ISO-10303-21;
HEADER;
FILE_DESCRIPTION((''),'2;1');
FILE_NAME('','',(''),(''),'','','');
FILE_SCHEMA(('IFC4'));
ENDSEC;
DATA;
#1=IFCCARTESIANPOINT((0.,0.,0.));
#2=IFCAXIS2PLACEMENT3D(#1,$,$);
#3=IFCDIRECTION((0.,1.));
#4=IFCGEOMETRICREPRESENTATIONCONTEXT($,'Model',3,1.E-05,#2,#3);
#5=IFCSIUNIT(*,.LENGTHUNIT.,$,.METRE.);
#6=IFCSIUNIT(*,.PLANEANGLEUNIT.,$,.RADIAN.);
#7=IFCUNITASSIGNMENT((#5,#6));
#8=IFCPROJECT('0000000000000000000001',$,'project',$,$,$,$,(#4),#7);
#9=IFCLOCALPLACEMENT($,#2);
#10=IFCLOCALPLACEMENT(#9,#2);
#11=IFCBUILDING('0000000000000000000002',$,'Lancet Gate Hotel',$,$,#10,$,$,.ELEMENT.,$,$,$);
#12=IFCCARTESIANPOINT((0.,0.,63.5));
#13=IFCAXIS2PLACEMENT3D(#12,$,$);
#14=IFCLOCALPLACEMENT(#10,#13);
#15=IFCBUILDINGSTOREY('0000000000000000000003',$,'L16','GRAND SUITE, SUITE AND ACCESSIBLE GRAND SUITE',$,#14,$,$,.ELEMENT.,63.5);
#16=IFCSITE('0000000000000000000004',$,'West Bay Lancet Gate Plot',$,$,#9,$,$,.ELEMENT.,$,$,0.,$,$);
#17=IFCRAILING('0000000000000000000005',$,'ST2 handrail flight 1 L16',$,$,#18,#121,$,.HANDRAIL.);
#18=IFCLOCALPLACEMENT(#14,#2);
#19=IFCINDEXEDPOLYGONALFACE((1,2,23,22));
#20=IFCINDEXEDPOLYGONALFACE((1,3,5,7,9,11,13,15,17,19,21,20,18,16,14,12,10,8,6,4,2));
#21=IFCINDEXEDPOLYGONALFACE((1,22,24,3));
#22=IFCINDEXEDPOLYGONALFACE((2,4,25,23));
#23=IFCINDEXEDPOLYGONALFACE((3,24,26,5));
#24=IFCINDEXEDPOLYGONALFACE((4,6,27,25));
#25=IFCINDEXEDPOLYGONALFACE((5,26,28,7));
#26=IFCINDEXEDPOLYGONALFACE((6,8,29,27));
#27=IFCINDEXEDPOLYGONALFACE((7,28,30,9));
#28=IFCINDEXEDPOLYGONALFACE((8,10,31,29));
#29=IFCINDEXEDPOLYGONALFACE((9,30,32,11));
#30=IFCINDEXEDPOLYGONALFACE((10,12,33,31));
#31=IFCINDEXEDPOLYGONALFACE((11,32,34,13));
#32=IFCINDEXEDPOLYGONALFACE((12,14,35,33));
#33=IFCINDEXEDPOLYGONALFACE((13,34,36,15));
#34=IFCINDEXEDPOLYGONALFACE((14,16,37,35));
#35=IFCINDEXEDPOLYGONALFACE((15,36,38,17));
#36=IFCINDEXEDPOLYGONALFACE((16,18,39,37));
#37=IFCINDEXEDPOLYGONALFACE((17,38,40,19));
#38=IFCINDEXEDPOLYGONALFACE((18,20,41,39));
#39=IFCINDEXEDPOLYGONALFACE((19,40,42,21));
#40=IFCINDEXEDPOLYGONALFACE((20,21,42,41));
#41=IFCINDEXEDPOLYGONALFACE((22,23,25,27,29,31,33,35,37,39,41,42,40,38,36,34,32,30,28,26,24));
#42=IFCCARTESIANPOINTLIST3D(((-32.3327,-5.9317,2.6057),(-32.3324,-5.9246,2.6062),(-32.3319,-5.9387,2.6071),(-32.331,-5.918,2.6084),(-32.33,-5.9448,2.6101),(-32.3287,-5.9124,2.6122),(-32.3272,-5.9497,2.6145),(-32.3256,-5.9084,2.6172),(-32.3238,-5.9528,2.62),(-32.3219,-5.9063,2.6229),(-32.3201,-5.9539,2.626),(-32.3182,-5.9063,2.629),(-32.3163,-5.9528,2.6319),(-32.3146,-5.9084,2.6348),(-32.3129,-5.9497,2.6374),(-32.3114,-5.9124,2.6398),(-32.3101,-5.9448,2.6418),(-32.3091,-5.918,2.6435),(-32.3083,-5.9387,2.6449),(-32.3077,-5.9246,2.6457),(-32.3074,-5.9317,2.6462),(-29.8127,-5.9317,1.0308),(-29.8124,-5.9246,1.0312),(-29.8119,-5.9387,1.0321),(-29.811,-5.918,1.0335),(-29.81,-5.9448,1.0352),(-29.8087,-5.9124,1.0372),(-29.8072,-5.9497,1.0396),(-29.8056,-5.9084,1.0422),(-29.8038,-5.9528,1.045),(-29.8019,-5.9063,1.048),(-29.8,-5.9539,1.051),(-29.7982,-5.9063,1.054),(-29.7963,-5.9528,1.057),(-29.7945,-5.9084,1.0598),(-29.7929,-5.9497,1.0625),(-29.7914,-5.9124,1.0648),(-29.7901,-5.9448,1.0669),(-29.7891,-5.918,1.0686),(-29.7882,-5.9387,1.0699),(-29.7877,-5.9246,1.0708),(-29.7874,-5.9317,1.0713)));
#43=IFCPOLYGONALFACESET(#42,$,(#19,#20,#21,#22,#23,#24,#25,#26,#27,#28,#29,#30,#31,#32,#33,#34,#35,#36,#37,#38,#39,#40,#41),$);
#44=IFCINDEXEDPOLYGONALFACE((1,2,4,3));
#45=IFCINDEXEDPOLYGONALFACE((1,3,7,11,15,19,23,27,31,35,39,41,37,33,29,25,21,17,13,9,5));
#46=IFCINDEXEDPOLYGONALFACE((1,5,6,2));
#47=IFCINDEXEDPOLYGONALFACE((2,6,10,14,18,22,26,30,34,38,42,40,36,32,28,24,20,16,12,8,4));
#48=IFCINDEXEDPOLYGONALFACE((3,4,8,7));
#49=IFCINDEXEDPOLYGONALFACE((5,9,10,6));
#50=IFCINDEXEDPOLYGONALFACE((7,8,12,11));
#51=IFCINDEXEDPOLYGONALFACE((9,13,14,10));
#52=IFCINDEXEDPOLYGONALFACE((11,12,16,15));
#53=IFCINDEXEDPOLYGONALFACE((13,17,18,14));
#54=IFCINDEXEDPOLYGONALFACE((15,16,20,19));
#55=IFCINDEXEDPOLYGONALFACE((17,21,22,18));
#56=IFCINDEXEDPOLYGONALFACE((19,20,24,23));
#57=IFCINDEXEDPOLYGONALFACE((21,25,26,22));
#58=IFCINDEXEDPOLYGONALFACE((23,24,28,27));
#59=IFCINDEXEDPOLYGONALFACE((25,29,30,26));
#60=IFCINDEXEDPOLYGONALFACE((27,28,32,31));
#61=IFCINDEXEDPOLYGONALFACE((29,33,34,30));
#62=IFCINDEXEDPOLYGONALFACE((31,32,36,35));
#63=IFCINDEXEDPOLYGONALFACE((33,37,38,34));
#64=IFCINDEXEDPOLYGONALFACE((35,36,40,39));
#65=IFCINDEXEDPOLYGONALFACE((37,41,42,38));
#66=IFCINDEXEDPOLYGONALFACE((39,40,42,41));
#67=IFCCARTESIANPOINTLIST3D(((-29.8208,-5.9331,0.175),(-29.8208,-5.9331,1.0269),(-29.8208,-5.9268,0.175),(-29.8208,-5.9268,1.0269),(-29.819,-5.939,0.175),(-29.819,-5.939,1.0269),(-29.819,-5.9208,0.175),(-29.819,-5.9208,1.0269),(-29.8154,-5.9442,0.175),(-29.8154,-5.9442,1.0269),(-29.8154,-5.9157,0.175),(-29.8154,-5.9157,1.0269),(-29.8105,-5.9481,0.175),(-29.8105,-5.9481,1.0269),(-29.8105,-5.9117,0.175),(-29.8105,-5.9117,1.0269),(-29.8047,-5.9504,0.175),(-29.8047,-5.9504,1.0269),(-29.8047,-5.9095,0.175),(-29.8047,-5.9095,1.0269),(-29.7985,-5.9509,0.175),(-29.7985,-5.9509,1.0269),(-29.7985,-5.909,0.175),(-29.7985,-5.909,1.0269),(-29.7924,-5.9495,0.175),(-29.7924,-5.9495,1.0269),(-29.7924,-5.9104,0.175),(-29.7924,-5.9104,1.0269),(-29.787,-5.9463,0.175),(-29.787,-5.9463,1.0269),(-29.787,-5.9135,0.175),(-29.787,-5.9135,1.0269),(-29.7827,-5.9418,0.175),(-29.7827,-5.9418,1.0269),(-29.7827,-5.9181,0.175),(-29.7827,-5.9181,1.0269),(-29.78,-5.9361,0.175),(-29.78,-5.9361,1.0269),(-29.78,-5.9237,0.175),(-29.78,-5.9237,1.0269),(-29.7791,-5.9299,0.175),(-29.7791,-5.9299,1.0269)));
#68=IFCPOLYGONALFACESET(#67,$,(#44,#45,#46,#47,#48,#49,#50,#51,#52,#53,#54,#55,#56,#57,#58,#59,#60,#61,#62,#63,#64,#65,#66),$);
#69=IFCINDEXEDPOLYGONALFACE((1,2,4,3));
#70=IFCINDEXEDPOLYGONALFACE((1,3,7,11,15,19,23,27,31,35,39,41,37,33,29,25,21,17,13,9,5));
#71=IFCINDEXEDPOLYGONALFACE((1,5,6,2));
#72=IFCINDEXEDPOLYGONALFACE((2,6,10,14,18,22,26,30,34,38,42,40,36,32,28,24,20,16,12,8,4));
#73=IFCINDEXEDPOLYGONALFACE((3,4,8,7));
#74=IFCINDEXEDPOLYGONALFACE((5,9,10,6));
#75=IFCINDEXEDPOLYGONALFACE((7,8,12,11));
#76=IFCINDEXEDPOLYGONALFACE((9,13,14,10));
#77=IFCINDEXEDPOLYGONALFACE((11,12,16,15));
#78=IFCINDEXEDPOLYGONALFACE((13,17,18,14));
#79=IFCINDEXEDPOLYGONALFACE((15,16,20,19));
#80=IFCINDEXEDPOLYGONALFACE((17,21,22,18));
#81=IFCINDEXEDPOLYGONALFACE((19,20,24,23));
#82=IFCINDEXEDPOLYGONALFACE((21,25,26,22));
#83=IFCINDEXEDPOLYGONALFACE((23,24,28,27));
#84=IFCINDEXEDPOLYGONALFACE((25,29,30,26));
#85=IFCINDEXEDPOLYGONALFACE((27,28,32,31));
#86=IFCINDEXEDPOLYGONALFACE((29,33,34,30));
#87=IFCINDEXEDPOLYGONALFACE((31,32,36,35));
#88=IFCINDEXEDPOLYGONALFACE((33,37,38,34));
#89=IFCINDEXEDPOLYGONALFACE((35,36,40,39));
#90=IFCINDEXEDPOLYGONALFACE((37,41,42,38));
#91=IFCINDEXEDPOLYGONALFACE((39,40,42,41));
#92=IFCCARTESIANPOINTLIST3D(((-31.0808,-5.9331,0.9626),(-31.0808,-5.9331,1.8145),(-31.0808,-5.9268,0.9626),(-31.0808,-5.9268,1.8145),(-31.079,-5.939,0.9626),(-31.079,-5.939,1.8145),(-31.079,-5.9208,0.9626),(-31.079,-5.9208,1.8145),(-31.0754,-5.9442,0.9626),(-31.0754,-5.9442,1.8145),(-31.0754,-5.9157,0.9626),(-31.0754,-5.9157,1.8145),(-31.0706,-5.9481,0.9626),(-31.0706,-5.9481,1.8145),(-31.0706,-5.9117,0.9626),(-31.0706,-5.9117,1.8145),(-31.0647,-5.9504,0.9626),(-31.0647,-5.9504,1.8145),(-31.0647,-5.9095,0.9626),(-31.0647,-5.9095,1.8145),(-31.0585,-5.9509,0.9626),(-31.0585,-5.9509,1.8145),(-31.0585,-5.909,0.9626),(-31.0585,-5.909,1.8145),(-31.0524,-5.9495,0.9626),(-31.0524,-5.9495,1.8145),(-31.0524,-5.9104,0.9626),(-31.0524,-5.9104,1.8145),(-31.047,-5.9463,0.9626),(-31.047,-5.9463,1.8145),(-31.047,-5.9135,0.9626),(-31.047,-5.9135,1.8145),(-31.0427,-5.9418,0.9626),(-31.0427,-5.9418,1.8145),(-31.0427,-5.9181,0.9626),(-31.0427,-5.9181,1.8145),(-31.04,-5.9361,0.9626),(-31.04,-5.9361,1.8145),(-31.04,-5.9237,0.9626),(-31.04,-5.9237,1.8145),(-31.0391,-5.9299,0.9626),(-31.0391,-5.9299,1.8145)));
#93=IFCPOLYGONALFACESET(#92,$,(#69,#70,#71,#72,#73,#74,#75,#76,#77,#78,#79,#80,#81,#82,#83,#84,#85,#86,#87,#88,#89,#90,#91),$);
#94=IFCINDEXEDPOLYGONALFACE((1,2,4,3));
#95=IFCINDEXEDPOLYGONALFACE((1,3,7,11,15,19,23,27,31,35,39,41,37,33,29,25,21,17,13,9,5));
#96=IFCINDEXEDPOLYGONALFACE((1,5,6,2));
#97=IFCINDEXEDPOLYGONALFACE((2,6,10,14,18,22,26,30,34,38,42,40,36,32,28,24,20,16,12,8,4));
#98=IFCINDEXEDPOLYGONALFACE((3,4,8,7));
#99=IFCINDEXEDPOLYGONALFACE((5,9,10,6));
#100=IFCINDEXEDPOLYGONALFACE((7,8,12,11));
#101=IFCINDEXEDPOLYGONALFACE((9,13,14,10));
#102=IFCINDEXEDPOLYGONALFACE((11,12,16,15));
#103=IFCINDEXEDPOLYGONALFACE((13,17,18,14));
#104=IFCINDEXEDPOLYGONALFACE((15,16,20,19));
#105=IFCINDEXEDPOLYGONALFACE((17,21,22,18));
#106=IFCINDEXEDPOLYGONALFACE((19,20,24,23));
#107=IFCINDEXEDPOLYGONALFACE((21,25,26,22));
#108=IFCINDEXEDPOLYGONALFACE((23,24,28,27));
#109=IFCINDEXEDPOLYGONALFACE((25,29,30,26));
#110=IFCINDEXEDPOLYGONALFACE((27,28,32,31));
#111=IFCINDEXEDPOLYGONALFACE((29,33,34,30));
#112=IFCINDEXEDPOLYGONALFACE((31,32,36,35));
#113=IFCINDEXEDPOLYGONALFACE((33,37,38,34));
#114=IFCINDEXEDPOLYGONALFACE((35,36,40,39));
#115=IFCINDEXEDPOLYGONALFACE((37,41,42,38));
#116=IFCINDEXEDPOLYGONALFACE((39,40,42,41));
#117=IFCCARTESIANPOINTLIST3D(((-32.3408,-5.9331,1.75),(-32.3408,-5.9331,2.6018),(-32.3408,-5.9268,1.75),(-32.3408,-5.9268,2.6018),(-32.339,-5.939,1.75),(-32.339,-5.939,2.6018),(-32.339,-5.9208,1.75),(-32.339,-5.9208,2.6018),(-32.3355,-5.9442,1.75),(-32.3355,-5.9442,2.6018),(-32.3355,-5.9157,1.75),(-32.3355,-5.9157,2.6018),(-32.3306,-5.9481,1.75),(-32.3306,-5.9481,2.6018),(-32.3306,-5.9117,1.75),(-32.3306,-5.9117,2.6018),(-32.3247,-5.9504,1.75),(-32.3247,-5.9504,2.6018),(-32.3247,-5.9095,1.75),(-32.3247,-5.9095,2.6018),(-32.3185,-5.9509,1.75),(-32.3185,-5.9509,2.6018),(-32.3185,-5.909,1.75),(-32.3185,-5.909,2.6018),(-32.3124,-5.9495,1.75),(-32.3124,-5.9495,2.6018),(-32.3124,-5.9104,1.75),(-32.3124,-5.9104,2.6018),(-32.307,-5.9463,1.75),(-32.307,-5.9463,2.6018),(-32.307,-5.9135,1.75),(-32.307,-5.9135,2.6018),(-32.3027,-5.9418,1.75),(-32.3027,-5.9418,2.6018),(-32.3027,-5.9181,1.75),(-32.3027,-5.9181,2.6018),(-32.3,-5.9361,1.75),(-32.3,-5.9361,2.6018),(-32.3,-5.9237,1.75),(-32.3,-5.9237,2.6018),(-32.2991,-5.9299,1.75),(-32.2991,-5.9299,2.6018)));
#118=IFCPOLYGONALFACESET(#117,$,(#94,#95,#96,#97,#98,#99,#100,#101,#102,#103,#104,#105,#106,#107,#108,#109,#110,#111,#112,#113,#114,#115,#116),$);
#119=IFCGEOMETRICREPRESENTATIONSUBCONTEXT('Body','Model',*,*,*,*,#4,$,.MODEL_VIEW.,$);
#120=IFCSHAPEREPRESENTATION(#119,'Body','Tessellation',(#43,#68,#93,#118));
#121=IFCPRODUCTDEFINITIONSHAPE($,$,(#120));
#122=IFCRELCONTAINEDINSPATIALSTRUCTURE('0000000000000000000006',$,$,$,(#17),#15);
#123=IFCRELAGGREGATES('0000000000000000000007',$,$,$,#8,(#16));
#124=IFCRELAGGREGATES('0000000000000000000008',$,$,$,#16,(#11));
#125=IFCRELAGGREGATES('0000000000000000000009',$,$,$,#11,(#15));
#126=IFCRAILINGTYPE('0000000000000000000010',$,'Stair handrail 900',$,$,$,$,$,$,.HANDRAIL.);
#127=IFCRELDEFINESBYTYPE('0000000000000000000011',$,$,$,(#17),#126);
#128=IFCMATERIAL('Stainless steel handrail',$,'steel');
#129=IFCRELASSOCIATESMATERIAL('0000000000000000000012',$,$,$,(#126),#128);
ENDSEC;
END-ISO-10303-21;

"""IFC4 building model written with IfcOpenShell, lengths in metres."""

from ifc_helpers import new_model, si_unit, direction, frame, origin, origin_2d, place, context, subcontext, project, spatial, circle, extrude, material, type_object, element, save


model = new_model("IFC4")

# Units and contexts
model_context = context("Model", 3, precision=1e-05, world=origin(), true_north=direction((0.0, 1.0)))
body_context = subcontext(model_context, "Body", "Model", "MODEL_VIEW")
ifc_project = project(units=[si_unit("LENGTHUNIT", "METRE"), si_unit("PLANEANGLEUNIT", "RADIAN")], contexts=[model_context])

# Site, building, storey
site_placement = place(None, origin())
site = spatial("IfcSite", under=ifc_project, at=site_placement, Name="West Bay Lancet Gate Plot", CompositionType="ELEMENT", RefElevation=0.0)
building_placement = place(site_placement, origin())
building = spatial("IfcBuilding", under=site, at=building_placement, Name="Lancet Gate Hotel", CompositionType="ELEMENT")
storey_placement = place(building_placement, frame((0.0, 0.0, 63.5)))
storey = spatial("IfcBuildingStorey", under=building, at=storey_placement, Name="L16", Description="GRAND SUITE, SUITE AND ACCESSIBLE GRAND SUITE", CompositionType="ELEMENT", Elevation=63.5)

# Railing
ifc_material_1 = material(Name="Stainless steel handrail", Category="steel")
railing_type = type_object("IfcRailingType", Name="Stair handrail 900", PredefinedType="HANDRAIL", material=ifc_material_1)
railing_1_placement = place(storey_placement, frame((-29.8, -5.9299, 0.175)))
element("IfcRailing", 1, at=railing_1_placement, inside=storey, type_object=railing_type, Name="ST2 handrail flight 1 L16", PredefinedType="HANDRAIL", context=body_context, shape_type="SweptSolid", body=[
    extrude(circle(Radius=0.0239, at=origin_2d()), frame((0.0, 0.0, 0.876), z_axis=(-0.848008, 0.0, 0.529984), x_axis=(0.0, -1.0, 0.0)), (0.0, 0.0, 1.0), 2.9717),
    extrude(circle(Radius=0.021, at=origin_2d()), origin(), (0.0, 0.0, 1.0), 0.8518),
    extrude(circle(Radius=0.021, at=origin_2d()), frame((-1.26, 0.0, 0.7876)), (0.0, 0.0, 1.0), 0.8518),
    extrude(circle(Radius=0.021, at=origin_2d()), frame((-2.52, 0.0, 1.575)), (0.0, 0.0, 1.0), 0.8518),
])

save(model, "model.ifc")
